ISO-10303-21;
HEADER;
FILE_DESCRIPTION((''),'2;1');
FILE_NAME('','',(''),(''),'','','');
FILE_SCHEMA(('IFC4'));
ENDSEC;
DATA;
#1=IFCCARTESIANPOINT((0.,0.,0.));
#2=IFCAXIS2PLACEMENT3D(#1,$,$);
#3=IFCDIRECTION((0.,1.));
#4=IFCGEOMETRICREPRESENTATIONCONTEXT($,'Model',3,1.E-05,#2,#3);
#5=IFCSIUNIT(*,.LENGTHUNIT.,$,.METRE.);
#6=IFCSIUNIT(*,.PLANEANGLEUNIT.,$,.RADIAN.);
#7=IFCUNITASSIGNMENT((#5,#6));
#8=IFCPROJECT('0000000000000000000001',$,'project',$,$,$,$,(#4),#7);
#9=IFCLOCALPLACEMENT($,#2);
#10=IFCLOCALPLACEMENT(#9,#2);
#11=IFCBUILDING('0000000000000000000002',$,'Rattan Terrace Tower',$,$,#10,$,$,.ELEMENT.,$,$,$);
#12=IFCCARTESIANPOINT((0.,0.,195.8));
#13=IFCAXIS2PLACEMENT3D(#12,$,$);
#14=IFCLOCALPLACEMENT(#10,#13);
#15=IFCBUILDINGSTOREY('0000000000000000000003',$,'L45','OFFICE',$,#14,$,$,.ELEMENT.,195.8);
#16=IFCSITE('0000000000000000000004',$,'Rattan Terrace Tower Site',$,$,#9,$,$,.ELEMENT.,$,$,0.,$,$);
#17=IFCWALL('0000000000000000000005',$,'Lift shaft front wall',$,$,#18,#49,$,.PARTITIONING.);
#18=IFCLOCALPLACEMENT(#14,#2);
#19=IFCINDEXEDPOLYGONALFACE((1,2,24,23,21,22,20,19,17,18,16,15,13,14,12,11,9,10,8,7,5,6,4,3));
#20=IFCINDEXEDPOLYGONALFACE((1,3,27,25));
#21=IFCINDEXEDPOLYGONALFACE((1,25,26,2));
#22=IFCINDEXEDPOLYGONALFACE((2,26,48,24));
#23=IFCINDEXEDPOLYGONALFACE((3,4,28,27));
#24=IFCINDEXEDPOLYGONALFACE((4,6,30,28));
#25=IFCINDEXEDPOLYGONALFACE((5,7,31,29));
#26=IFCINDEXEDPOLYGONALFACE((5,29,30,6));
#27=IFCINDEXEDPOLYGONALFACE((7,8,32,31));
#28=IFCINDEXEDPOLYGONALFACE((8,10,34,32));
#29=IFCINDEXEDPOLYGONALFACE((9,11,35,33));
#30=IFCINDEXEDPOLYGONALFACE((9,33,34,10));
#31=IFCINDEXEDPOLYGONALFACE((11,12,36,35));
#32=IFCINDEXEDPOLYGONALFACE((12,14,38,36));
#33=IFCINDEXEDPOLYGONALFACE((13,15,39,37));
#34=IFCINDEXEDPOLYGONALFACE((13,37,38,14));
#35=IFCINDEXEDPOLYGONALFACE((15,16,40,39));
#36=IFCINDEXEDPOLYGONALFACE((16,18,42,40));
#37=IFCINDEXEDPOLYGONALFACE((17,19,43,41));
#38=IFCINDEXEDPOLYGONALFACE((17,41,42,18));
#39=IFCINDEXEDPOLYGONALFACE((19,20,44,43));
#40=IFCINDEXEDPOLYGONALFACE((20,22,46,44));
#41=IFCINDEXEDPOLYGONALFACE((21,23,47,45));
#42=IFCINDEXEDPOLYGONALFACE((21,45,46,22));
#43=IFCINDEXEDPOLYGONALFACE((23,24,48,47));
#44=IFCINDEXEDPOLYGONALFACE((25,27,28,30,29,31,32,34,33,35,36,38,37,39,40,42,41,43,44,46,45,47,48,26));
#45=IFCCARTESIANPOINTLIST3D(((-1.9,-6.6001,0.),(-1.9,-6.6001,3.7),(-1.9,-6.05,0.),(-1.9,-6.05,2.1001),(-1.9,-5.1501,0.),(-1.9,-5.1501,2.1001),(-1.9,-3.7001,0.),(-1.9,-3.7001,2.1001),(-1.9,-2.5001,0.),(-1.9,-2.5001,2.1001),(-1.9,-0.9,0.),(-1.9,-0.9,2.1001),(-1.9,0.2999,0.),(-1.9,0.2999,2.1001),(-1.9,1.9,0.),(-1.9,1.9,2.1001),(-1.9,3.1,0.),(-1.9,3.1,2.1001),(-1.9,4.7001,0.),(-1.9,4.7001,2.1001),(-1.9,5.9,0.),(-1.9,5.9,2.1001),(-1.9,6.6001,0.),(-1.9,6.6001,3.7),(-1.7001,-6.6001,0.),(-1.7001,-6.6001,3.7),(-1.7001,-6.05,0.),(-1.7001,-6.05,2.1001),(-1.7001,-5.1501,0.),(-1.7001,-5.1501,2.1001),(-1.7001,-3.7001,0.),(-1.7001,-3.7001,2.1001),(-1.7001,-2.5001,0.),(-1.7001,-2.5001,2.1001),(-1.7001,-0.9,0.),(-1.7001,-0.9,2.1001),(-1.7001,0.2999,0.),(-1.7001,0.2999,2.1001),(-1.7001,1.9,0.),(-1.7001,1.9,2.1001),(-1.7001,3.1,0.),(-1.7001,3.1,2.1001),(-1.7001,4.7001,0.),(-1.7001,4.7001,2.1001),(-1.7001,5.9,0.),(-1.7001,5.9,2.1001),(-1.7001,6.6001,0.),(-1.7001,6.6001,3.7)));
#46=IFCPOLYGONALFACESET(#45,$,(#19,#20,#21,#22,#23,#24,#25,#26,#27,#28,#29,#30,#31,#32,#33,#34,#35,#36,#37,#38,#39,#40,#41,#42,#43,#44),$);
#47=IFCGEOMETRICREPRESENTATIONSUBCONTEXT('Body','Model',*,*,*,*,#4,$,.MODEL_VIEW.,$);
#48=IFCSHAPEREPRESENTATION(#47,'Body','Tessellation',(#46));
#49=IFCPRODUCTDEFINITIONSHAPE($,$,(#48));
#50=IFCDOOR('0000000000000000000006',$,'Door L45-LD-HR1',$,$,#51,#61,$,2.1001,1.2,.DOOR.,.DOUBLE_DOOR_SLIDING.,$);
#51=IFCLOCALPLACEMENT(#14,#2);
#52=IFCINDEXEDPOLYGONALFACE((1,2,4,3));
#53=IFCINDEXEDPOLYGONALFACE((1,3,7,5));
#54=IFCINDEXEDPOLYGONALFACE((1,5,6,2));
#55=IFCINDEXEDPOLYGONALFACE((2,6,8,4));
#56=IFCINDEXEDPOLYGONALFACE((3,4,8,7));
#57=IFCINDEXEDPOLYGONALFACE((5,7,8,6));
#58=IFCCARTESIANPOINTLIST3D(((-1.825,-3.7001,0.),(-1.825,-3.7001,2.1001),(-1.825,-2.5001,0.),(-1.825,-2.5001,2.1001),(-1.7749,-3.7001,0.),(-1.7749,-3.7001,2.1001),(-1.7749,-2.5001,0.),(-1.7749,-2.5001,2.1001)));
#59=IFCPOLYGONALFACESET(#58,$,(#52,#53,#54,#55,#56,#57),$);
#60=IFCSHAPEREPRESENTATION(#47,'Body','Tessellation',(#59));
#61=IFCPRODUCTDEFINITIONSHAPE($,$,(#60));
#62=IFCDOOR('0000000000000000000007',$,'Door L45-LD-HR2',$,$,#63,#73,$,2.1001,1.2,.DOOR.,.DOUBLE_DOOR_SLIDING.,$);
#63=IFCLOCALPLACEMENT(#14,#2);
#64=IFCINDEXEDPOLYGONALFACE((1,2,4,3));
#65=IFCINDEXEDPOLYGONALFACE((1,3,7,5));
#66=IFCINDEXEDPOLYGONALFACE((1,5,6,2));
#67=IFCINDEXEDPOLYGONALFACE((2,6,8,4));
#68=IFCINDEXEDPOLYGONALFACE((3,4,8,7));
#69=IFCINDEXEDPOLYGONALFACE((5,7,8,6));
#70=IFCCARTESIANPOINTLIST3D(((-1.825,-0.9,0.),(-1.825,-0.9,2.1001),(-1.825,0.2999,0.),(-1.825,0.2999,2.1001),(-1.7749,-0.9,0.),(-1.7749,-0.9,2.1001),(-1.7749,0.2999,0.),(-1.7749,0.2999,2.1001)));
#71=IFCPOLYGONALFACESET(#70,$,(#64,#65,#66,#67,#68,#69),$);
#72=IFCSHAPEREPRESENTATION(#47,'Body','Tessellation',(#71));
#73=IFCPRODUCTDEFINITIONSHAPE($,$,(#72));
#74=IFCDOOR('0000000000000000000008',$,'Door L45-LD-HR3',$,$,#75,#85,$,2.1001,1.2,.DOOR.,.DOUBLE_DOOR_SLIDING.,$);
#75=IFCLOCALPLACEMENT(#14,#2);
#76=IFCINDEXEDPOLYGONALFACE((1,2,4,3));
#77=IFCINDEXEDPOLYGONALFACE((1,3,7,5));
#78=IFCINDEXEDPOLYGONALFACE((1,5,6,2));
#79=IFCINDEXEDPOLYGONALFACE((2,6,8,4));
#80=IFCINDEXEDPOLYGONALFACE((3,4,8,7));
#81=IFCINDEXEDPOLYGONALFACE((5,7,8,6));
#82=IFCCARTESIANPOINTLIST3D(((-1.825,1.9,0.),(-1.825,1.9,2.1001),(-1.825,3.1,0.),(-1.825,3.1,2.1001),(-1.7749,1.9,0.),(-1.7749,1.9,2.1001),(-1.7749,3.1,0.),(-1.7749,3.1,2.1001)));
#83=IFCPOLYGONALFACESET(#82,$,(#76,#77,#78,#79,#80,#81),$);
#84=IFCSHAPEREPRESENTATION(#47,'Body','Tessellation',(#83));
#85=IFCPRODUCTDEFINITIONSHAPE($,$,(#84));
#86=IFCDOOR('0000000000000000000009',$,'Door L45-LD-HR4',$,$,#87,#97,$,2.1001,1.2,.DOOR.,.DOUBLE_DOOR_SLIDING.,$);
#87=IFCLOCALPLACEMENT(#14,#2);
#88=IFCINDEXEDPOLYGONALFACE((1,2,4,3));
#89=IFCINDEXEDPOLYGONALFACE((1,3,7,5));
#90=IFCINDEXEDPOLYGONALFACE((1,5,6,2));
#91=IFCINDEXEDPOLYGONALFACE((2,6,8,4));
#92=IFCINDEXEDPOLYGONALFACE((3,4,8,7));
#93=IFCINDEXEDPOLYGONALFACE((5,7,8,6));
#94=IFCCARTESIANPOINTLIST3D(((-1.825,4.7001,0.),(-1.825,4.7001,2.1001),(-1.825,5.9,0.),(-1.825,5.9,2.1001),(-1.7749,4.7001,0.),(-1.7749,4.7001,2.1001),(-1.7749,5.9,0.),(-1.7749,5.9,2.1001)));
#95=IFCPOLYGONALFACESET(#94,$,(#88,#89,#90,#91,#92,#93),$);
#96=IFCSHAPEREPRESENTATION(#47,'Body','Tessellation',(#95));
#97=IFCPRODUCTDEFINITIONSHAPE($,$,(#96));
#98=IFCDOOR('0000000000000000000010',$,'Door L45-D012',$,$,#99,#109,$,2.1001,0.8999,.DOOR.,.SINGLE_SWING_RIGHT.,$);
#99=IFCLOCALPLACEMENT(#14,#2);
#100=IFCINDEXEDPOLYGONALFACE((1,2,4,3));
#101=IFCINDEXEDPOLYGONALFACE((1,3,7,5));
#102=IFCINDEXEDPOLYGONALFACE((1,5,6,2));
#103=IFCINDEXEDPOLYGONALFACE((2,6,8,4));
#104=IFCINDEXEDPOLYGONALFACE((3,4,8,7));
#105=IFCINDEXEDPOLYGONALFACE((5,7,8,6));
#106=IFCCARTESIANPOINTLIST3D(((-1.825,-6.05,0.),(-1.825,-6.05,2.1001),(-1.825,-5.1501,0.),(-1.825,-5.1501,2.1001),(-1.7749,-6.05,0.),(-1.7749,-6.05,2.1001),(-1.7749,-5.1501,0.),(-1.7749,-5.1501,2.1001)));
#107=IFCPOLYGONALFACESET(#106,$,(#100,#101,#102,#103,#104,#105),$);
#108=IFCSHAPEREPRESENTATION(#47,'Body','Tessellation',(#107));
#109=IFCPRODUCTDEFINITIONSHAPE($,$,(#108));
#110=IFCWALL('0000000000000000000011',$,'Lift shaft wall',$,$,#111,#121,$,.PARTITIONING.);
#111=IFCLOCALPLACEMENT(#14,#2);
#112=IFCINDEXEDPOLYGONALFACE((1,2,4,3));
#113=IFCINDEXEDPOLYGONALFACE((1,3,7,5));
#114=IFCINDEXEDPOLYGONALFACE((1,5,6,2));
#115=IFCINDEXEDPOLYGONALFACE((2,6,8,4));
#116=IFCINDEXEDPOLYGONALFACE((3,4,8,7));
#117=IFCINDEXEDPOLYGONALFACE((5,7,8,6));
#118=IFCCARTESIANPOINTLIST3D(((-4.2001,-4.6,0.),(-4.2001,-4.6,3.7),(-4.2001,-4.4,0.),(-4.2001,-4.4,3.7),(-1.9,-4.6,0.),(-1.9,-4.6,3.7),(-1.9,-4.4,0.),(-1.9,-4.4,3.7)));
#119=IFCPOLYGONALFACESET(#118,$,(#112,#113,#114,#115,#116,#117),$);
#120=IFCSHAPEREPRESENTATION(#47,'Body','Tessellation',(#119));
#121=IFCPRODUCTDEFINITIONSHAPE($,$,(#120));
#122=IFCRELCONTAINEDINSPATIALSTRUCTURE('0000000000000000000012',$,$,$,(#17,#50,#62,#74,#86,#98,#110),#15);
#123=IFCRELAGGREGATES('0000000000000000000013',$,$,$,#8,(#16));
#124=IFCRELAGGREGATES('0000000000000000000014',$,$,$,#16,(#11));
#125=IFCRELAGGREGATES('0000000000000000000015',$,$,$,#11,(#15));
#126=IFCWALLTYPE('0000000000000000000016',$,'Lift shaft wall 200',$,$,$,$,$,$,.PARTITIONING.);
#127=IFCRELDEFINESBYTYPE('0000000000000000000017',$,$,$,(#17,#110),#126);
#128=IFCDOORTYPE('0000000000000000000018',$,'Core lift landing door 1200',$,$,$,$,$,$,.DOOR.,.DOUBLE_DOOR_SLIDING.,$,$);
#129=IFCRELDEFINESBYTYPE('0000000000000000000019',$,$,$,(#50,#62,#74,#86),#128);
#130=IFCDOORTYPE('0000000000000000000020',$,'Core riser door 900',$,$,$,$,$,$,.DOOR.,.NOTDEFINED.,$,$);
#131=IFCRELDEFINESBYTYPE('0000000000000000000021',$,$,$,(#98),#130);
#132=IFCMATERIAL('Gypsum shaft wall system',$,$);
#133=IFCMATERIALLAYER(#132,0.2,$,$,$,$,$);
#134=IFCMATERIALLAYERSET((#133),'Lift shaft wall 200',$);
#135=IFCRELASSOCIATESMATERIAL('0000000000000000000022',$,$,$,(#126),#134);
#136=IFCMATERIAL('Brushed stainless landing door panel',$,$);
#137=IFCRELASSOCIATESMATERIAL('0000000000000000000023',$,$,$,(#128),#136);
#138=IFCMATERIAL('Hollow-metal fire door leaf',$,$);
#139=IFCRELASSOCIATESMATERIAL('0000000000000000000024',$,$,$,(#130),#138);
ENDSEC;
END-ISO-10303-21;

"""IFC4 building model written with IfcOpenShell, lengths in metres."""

from ifc_helpers import new_model, si_unit, direction, frame, frame_2d, origin, place, context, subcontext, project, spatial, rectangle, extrude, material, layer, layer_set, type_object, element, fill, save


model = new_model("IFC4")

# Units and contexts
model_context = context("Model", 3, precision=1e-05, world=origin(), true_north=direction((0.0, 1.0)))
body_context = subcontext(model_context, "Body", "Model", "MODEL_VIEW")
ifc_project = project(units=[si_unit("LENGTHUNIT", "METRE"), si_unit("PLANEANGLEUNIT", "RADIAN")], contexts=[model_context])

# Site, building, storey
site_placement = place(None, origin())
site = spatial("IfcSite", under=ifc_project, at=site_placement, Name="Rattan Terrace Tower Site", CompositionType="ELEMENT", RefElevation=0.0)
building_placement = place(site_placement, origin())
building = spatial("IfcBuilding", under=site, at=building_placement, Name="Rattan Terrace Tower", CompositionType="ELEMENT")
storey_placement = place(building_placement, frame((0.0, 0.0, 195.8)))
storey = spatial("IfcBuildingStorey", under=building, at=storey_placement, Name="L45", Description="OFFICE", CompositionType="ELEMENT", Elevation=195.8)

# Wall, openings, doors
ifc_material_1 = material(Name="Gypsum shaft wall system")
ifc_layer_1 = layer(ifc_material_1, 0.2)
ifc_layer_set_1 = layer_set([ifc_layer_1], Name="Lift shaft wall 200")
wall_type_1 = type_object("IfcWallType", Name="Lift shaft wall 200", PredefinedType="PARTITIONING", material=ifc_layer_set_1)
wall_1_placement = place(storey_placement, frame((-1.8, -6.6001, 0.0), z_axis=(0.0, 0.0, 1.0), x_axis=(0.0, 1.0, 0.0)))
wall_1 = element("IfcWall", 1, at=wall_1_placement, inside=storey, type_object=wall_type_1, Name="Lift shaft front wall", PredefinedType="PARTITIONING", context=body_context, shape_type="SweptSolid", body=[
    extrude(rectangle(XDim=13.2002, YDim=0.2, at=frame_2d((6.6001, 0.0))), origin(), (0.0, 0.0, 1.0), 3.7),
])
opening_1_placement = place(wall_1_placement, frame((0.55, 0.0, 0.0)))
opening_1 = element("IfcOpeningElement", 2, at=opening_1_placement, cuts=wall_1, PredefinedType="OPENING", context=body_context, shape_type="SweptSolid", body=[
    extrude(rectangle(XDim=0.8999, YDim=2.1001, at=frame_2d((0.45, 1.05))), frame((0.0, 0.1106, 0.0), z_axis=(0.0, -1.0, 0.0), x_axis=(1.0, 0.0, 0.0)), (0.0, 0.0, 1.0), 0.2209),
])
opening_2_placement = place(wall_1_placement, frame((2.8999, 0.0, 0.0)))
opening_2 = element("IfcOpeningElement", 3, at=opening_2_placement, cuts=wall_1, PredefinedType="OPENING", context=body_context, shape_type="SweptSolid", body=[
    extrude(rectangle(XDim=1.2, YDim=2.1001, at=frame_2d((0.6001, 1.05))), frame((0.0, 0.1106, 0.0), z_axis=(0.0, -1.0, 0.0), x_axis=(1.0, 0.0, 0.0)), (0.0, 0.0, 1.0), 0.2209),
])
opening_3_placement = place(wall_1_placement, frame((5.7, 0.0, 0.0)))
opening_3 = element("IfcOpeningElement", 4, at=opening_3_placement, cuts=wall_1, PredefinedType="OPENING", context=body_context, shape_type="SweptSolid", body=[
    extrude(rectangle(XDim=1.2, YDim=2.1001, at=frame_2d((0.6001, 1.05))), frame((0.0, 0.1106, 0.0), z_axis=(0.0, -1.0, 0.0), x_axis=(1.0, 0.0, 0.0)), (0.0, 0.0, 1.0), 0.2209),
])
opening_4_placement = place(wall_1_placement, frame((8.5, 0.0, 0.0)))
opening_4 = element("IfcOpeningElement", 5, at=opening_4_placement, cuts=wall_1, PredefinedType="OPENING", context=body_context, shape_type="SweptSolid", body=[
    extrude(rectangle(XDim=1.2, YDim=2.1001, at=frame_2d((0.6001, 1.05))), frame((0.0, 0.1106, 0.0), z_axis=(0.0, -1.0, 0.0), x_axis=(1.0, 0.0, 0.0)), (0.0, 0.0, 1.0), 0.2209),
])
opening_5_placement = place(wall_1_placement, frame((11.3, 0.0, 0.0)))
opening_5 = element("IfcOpeningElement", 6, at=opening_5_placement, cuts=wall_1, PredefinedType="OPENING", context=body_context, shape_type="SweptSolid", body=[
    extrude(rectangle(XDim=1.2, YDim=2.1001, at=frame_2d((0.6001, 1.05))), frame((0.0, 0.1106, 0.0), z_axis=(0.0, -1.0, 0.0), x_axis=(1.0, 0.0, 0.0)), (0.0, 0.0, 1.0), 0.2209),
])
ifc_material_2 = material(Name="Brushed stainless landing door panel")
door_type_1 = type_object("IfcDoorType", Name="Core lift landing door 1200", OperationType="DOUBLE_DOOR_SLIDING", PredefinedType="DOOR", material=ifc_material_2)
door_1_placement = place(opening_2_placement, origin())
door_1 = element("IfcDoor", 7, at=door_1_placement, inside=storey, type_object=door_type_1, Name="Door L45-LD-HR1", OperationType="DOUBLE_DOOR_SLIDING", OverallHeight=2.1001, OverallWidth=1.2, PredefinedType="DOOR", context=body_context, shape_type="SweptSolid", body=[
    extrude(rectangle(XDim=1.2, YDim=2.1001, at=frame_2d((0.6001, 1.05))), frame((0.0, 0.0249, 0.0), z_axis=(0.0, -1.0, 0.0), x_axis=(1.0, 0.0, 0.0)), (0.0, 0.0, 1.0), 0.05),
])
fill(opening_2, door_1)
door_2_placement = place(opening_3_placement, origin())
door_2 = element("IfcDoor", 8, at=door_2_placement, inside=storey, type_object=door_type_1, Name="Door L45-LD-HR2", OperationType="DOUBLE_DOOR_SLIDING", OverallHeight=2.1001, OverallWidth=1.2, PredefinedType="DOOR", context=body_context, shape_type="SweptSolid", body=[
    extrude(rectangle(XDim=1.2, YDim=2.1001, at=frame_2d((0.6001, 1.05))), frame((0.0, 0.0249, 0.0), z_axis=(0.0, -1.0, 0.0), x_axis=(1.0, 0.0, 0.0)), (0.0, 0.0, 1.0), 0.05),
])
fill(opening_3, door_2)
door_3_placement = place(opening_4_placement, origin())
door_3 = element("IfcDoor", 9, at=door_3_placement, inside=storey, type_object=door_type_1, Name="Door L45-LD-HR3", OperationType="DOUBLE_DOOR_SLIDING", OverallHeight=2.1001, OverallWidth=1.2, PredefinedType="DOOR", context=body_context, shape_type="SweptSolid", body=[
    extrude(rectangle(XDim=1.2, YDim=2.1001, at=frame_2d((0.6001, 1.05))), frame((0.0, 0.0249, 0.0), z_axis=(0.0, -1.0, 0.0), x_axis=(1.0, 0.0, 0.0)), (0.0, 0.0, 1.0), 0.05),
])
fill(opening_4, door_3)
door_4_placement = place(opening_5_placement, origin())
door_4 = element("IfcDoor", 10, at=door_4_placement, inside=storey, type_object=door_type_1, Name="Door L45-LD-HR4", OperationType="DOUBLE_DOOR_SLIDING", OverallHeight=2.1001, OverallWidth=1.2, PredefinedType="DOOR", context=body_context, shape_type="SweptSolid", body=[
    extrude(rectangle(XDim=1.2, YDim=2.1001, at=frame_2d((0.6001, 1.05))), frame((0.0, 0.0249, 0.0), z_axis=(0.0, -1.0, 0.0), x_axis=(1.0, 0.0, 0.0)), (0.0, 0.0, 1.0), 0.05),
])
fill(opening_5, door_4)
ifc_material_3 = material(Name="Hollow-metal fire door leaf")
door_type_2 = type_object("IfcDoorType", Name="Core riser door 900", OperationType="NOTDEFINED", PredefinedType="DOOR", material=ifc_material_3)
door_5_placement = place(opening_1_placement, origin())
door_5 = element("IfcDoor", 11, at=door_5_placement, inside=storey, type_object=door_type_2, Name="Door L45-D012", OperationType="SINGLE_SWING_RIGHT", OverallHeight=2.1001, OverallWidth=0.8999, PredefinedType="DOOR", context=body_context, shape_type="SweptSolid", body=[
    extrude(rectangle(XDim=0.8999, YDim=2.1001, at=frame_2d((0.45, 1.05))), frame((0.0, 0.0249, 0.0), z_axis=(0.0, -1.0, 0.0), x_axis=(1.0, 0.0, 0.0)), (0.0, 0.0, 1.0), 0.05),
])
fill(opening_1, door_5)

# Wall
wall_2_placement = place(storey_placement, frame((-4.2, -4.5, 0.0), z_axis=(0.0, 0.0, 1.0), x_axis=(1.0, 0.0, 0.0)))
element("IfcWall", 12, at=wall_2_placement, inside=storey, type_object=wall_type_1, Name="Lift shaft wall", PredefinedType="PARTITIONING", context=body_context, shape_type="SweptSolid", body=[
    extrude(rectangle(XDim=2.3, YDim=0.2, at=frame_2d((1.1499, 0.0))), origin(), (0.0, 0.0, 1.0), 3.7),
])

save(model, "model.ifc")
